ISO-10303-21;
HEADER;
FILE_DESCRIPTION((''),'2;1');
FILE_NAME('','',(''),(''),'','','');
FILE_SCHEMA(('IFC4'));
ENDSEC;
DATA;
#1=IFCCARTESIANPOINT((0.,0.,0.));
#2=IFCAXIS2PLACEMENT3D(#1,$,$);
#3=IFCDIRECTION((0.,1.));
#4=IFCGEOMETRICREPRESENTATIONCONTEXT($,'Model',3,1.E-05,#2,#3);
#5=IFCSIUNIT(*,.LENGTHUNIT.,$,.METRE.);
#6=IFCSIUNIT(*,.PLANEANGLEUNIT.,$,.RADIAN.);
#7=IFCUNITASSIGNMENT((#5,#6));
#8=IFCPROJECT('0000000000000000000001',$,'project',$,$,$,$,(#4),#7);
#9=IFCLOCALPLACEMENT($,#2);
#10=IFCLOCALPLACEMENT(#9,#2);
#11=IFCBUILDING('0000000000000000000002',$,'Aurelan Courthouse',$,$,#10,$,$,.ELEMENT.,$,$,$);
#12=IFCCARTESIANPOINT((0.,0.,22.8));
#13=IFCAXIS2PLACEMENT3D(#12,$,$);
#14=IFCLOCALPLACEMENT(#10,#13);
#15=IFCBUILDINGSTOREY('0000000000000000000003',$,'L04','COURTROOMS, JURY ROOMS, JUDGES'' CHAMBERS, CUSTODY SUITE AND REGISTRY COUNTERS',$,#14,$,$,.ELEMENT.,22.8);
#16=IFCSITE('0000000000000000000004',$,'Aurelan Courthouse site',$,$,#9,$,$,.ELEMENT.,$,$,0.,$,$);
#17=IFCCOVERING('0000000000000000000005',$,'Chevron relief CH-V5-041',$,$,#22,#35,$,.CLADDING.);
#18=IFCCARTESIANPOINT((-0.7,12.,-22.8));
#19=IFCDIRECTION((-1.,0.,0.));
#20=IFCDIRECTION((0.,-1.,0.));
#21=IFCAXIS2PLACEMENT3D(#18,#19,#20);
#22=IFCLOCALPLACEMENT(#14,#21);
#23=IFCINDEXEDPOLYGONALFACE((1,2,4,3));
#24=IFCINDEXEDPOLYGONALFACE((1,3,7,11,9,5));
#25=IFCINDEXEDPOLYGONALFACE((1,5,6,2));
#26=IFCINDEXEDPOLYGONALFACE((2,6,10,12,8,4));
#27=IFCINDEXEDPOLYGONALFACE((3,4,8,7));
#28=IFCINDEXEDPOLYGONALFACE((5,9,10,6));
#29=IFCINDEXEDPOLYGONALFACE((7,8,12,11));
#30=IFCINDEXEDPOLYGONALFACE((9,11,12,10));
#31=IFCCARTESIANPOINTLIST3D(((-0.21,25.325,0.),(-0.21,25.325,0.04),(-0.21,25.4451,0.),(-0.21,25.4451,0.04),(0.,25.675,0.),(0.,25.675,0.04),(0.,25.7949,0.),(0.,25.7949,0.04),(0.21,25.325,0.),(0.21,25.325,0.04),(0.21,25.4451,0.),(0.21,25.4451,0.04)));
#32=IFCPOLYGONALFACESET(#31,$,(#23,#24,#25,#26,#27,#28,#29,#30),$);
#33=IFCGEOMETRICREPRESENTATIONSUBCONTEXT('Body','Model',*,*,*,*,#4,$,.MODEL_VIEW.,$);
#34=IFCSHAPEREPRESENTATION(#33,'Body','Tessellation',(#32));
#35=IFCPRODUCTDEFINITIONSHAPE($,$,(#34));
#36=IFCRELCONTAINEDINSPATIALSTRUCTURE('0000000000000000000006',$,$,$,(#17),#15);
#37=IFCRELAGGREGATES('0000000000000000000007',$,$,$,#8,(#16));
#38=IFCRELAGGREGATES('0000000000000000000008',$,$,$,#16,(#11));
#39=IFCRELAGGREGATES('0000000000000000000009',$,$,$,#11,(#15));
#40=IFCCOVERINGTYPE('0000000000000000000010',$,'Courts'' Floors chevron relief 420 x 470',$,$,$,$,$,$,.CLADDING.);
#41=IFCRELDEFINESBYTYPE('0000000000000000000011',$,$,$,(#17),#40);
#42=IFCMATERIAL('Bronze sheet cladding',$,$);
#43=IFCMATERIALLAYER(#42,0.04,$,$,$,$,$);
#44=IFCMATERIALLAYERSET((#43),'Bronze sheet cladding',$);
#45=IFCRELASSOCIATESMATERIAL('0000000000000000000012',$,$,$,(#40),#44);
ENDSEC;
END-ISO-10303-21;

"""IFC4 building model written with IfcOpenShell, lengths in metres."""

from ifc_helpers import new_model, si_unit, direction, frame, origin, place, context, subcontext, project, spatial, polyline, outline, extrude, material, layer, layer_set, type_object, element, save


model = new_model("IFC4")

# Units and contexts
model_context = context("Model", 3, precision=1e-05, world=origin(), true_north=direction((0.0, 1.0)))
body_context = subcontext(model_context, "Body", "Model", "MODEL_VIEW")
ifc_project = project(units=[si_unit("LENGTHUNIT", "METRE"), si_unit("PLANEANGLEUNIT", "RADIAN")], contexts=[model_context])

# Site, building, storey
site_placement = place(None, origin())
site = spatial("IfcSite", under=ifc_project, at=site_placement, Name="Aurelan Courthouse site", CompositionType="ELEMENT", RefElevation=0.0)
building_placement = place(site_placement, origin())
building = spatial("IfcBuilding", under=site, at=building_placement, Name="Aurelan Courthouse", CompositionType="ELEMENT")
storey_placement = place(building_placement, frame((0.0, 0.0, 22.8)))
storey = spatial("IfcBuildingStorey", under=building, at=storey_placement, Name="L04", Description="COURTROOMS, JURY ROOMS, JUDGES' CHAMBERS, CUSTODY SUITE AND REGISTRY COUNTERS", CompositionType="ELEMENT", Elevation=22.8)

# Covering
ifc_material_1 = material(Name="Bronze sheet cladding")
ifc_layer_1 = layer(ifc_material_1, 0.04)
ifc_layer_set_1 = layer_set([ifc_layer_1], Name="Bronze sheet cladding")
covering_type_1 = type_object("IfcCoveringType", Name="Courts' Floors chevron relief 420 x 470", PredefinedType="CLADDING", material=ifc_layer_set_1)
covering_1_placement = place(storey_placement, frame((-0.7, 12.0, -22.8), z_axis=(-1.0, 0.0, 0.0), x_axis=(0.0, -1.0, 0.0)))
element("IfcCovering", 1, at=covering_1_placement, inside=storey, type_object=covering_type_1, Name="Chevron relief CH-V5-041", PredefinedType="CLADDING", context=body_context, shape_type="SweptSolid", body=[
    extrude(outline(polyline([(-0.21, 25.325), (0.0, 25.675), (0.21, 25.325), (0.21, 25.4451), (0.0, 25.7949), (-0.21, 25.4451), (-0.21, 25.325)])), origin(), (0.0, 0.0, 1.0), 0.04),
])

save(model, "model.ifc")
